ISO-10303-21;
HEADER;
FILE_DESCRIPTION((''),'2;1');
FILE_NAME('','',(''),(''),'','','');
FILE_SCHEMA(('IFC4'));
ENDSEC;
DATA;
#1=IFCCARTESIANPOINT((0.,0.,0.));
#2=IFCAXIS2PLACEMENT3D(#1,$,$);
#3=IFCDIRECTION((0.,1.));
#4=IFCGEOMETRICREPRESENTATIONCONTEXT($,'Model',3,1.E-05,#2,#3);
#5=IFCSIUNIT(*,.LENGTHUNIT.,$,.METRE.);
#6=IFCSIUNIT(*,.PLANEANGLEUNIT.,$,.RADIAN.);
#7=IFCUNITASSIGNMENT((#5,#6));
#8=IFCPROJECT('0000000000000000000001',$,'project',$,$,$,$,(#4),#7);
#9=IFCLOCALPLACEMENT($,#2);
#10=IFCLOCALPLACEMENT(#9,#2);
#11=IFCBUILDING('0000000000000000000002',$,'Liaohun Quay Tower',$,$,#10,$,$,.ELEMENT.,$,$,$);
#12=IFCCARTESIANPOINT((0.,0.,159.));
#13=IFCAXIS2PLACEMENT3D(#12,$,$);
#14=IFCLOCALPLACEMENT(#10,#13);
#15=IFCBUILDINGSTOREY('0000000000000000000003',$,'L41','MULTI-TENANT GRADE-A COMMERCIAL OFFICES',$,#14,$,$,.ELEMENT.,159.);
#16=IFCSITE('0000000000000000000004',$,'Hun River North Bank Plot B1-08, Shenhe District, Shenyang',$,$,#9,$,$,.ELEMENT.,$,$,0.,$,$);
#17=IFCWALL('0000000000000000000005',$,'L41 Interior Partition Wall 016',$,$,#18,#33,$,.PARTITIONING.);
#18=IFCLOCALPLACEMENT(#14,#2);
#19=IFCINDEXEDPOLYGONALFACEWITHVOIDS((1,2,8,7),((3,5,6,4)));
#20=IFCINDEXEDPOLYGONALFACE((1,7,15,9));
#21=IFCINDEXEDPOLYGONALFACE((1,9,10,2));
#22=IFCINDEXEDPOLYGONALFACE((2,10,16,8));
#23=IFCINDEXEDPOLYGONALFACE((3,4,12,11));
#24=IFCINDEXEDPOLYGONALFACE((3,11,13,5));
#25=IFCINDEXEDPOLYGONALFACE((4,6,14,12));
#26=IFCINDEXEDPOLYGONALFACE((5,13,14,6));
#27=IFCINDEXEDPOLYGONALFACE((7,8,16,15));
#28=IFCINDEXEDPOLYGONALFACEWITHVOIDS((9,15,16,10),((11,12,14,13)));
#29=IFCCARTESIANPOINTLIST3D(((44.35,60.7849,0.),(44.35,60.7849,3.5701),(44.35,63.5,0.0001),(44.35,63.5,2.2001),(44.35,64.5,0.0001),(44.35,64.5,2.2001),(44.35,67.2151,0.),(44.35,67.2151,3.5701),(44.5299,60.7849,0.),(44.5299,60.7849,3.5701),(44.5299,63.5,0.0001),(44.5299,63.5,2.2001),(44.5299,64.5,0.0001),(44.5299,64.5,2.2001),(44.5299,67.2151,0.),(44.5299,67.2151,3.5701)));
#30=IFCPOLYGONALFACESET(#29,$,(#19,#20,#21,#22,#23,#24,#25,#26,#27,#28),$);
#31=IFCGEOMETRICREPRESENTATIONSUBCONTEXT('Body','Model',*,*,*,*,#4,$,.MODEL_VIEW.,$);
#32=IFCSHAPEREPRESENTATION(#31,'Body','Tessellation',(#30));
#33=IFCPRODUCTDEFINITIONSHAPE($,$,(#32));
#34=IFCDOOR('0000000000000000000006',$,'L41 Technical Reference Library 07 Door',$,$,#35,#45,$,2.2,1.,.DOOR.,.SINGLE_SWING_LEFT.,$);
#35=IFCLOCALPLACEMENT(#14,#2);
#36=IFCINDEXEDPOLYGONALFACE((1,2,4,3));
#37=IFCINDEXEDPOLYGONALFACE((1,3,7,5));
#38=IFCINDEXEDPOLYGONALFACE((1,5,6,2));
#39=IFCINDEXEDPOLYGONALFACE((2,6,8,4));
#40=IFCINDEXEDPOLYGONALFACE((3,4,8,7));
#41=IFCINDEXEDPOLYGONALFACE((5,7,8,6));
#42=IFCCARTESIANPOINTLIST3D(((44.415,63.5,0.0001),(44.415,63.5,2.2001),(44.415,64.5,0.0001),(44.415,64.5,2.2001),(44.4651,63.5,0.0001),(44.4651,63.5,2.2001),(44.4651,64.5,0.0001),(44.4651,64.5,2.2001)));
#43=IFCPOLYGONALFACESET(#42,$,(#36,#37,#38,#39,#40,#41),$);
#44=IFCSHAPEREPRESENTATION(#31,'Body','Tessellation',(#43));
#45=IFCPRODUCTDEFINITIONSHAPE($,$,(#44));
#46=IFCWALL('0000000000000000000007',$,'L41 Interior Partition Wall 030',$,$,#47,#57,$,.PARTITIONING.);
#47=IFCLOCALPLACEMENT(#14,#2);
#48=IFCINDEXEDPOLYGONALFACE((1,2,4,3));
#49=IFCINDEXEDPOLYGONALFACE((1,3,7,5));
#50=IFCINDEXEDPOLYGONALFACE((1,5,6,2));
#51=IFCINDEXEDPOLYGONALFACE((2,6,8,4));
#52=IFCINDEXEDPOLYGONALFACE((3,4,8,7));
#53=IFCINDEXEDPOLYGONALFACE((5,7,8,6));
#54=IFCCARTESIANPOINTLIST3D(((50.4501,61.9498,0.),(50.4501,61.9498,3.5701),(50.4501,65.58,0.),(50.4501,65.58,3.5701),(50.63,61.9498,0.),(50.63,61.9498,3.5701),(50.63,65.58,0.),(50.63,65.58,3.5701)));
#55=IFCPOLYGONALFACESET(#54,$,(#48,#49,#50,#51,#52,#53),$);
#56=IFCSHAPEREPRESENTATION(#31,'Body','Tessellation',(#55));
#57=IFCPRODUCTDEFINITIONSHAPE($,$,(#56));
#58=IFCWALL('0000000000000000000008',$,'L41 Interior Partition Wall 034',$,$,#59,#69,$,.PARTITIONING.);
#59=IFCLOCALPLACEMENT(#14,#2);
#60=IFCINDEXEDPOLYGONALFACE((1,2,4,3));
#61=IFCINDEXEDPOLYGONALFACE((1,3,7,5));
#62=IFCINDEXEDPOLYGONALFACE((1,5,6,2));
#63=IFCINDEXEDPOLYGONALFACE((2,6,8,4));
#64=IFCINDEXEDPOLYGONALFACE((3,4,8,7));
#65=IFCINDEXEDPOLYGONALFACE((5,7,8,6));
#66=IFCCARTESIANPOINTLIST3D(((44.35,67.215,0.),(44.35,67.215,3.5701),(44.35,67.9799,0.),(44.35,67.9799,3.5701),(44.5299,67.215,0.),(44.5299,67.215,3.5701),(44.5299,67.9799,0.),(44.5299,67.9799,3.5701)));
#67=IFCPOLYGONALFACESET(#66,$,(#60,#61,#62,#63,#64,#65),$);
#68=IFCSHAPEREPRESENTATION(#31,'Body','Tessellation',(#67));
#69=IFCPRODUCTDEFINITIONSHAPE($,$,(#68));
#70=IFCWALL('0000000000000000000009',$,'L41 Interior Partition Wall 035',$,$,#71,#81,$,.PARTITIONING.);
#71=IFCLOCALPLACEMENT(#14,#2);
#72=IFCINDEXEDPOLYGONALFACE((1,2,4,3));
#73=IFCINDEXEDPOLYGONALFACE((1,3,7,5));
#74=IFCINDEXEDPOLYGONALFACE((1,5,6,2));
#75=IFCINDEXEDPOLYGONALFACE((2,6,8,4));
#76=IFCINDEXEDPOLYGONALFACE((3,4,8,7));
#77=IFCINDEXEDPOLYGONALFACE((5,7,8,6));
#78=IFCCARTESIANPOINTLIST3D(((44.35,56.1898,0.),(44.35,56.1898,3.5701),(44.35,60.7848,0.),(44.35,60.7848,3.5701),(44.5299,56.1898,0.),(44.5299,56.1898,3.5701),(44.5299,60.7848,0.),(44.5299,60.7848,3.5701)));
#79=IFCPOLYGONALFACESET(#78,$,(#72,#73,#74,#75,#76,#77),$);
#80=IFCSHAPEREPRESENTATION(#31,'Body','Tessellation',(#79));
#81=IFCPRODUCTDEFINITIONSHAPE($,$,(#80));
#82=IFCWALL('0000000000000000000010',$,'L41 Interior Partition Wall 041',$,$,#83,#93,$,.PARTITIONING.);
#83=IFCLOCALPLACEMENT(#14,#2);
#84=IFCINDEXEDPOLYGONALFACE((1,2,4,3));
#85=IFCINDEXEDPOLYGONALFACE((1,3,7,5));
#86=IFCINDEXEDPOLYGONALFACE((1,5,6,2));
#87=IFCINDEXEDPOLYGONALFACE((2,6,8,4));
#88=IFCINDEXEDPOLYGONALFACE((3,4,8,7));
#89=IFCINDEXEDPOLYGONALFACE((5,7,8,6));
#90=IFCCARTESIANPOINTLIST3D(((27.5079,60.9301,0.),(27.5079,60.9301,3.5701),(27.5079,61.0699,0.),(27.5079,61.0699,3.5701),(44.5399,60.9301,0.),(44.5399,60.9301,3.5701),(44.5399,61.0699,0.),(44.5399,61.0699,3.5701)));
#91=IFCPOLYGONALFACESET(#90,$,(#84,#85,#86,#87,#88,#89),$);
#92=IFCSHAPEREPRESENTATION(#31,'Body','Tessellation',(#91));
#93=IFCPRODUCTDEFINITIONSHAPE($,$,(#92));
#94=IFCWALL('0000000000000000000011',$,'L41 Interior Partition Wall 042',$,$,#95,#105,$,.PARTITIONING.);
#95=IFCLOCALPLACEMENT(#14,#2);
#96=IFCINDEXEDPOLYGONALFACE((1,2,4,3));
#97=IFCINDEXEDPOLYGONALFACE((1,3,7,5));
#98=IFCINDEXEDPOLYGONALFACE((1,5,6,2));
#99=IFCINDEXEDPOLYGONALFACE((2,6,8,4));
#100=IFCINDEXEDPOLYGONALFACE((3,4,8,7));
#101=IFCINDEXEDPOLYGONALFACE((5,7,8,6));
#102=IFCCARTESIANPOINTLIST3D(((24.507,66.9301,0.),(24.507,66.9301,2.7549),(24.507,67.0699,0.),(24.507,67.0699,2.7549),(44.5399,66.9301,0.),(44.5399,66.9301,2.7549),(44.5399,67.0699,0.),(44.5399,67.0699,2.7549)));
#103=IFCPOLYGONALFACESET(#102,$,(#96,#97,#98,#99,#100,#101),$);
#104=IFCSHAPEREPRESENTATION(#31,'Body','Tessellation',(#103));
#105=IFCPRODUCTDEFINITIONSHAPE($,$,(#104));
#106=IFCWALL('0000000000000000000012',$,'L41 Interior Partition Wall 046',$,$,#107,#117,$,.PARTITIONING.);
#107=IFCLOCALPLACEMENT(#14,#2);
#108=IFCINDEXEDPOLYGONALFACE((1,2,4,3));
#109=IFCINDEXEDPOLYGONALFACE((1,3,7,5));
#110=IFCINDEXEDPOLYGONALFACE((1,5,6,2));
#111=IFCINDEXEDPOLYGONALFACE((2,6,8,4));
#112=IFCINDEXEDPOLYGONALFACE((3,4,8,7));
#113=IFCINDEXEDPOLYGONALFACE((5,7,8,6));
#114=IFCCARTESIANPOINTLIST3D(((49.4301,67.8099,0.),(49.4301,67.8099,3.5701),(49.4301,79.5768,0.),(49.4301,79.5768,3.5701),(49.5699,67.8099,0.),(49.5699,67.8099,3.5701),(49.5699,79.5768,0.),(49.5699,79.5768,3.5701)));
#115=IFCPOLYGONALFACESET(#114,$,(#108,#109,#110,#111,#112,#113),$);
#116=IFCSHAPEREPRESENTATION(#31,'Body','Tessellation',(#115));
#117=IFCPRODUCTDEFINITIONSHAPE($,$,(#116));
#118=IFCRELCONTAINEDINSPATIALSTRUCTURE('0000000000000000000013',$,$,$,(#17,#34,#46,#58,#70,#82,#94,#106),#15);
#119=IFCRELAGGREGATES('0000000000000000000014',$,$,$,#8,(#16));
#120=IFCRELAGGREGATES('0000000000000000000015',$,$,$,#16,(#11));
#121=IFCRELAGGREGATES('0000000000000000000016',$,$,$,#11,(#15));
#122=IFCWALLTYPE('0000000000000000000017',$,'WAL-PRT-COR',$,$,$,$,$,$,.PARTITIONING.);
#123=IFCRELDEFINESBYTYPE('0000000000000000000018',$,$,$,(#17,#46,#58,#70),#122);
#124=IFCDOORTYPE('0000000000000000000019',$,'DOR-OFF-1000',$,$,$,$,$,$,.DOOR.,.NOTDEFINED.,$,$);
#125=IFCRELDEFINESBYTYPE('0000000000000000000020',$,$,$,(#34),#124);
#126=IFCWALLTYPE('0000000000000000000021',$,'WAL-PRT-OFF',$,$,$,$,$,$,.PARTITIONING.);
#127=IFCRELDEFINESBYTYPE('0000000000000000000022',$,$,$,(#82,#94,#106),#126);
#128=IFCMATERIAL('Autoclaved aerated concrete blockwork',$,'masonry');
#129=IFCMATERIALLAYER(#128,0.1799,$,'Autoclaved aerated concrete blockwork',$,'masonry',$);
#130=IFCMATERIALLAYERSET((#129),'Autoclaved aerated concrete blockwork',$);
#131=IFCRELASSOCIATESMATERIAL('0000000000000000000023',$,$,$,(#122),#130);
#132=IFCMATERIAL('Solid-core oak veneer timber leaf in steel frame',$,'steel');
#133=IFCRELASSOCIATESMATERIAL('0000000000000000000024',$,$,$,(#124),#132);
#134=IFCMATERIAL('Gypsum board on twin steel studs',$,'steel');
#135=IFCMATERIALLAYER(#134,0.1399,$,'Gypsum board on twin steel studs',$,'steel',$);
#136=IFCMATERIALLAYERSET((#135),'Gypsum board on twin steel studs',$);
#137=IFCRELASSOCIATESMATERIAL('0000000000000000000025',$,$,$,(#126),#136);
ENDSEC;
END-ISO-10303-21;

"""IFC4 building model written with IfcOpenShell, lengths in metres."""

from ifc_helpers import new_model, si_unit, direction, frame, frame_2d, origin, place, context, subcontext, project, spatial, rectangle, extrude, source, transform, mapped, material, layer, layer_set, type_object, element, fill, save


model = new_model("IFC4")

# Units and contexts
model_context = context("Model", 3, precision=1e-05, world=origin(), true_north=direction((0.0, 1.0)))
body_context = subcontext(model_context, "Body", "Model", "MODEL_VIEW")
ifc_project = project(units=[si_unit("LENGTHUNIT", "METRE"), si_unit("PLANEANGLEUNIT", "RADIAN")], contexts=[model_context])

# Site, building, storey
site_placement = place(None, origin())
site = spatial("IfcSite", under=ifc_project, at=site_placement, Name="Hun River North Bank Plot B1-08, Shenhe District, Shenyang", CompositionType="ELEMENT", RefElevation=0.0)
building_placement = place(site_placement, origin())
building = spatial("IfcBuilding", under=site, at=building_placement, Name="Liaohun Quay Tower", CompositionType="ELEMENT")
storey_placement = place(building_placement, frame((0.0, 0.0, 159.0)))
storey = spatial("IfcBuildingStorey", under=building, at=storey_placement, Name="L41", Description="MULTI-TENANT GRADE-A COMMERCIAL OFFICES", CompositionType="ELEMENT", Elevation=159.0)

# Wall, opening, door
ifc_material_1 = material(Name="Autoclaved aerated concrete blockwork", Category="masonry")
ifc_layer_1 = layer(ifc_material_1, 0.1799, Name="Autoclaved aerated concrete blockwork", Category="masonry")
ifc_layer_set_1 = layer_set([ifc_layer_1], Name="Autoclaved aerated concrete blockwork")
wall_type_1 = type_object("IfcWallType", Name="WAL-PRT-COR", PredefinedType="PARTITIONING", material=ifc_layer_set_1)
shared_shape_1 = source(origin(), body_context, "Body", "SweptSolid", [
    extrude(rectangle(XDim=1.0, YDim=2.2, at=frame_2d((0.5, 1.1001))), frame((0.0, 0.0999, 0.0), z_axis=(0.0, -1.0, 0.0), x_axis=(1.0, 0.0, 0.0)), (0.0, 0.0, 1.0), 0.2),
])
ifc_material_2 = material(Name="Solid-core oak veneer timber leaf in steel frame", Category="steel")
door_type_1 = type_object("IfcDoorType", Name="DOR-OFF-1000", OperationType="NOTDEFINED", PredefinedType="DOOR", material=ifc_material_2)
shared_shape_2 = source(origin(), body_context, "Body", "SweptSolid", [
    extrude(rectangle(XDim=1.0, YDim=2.2, at=frame_2d((0.5, 1.1001))), frame((0.0, 0.0249, 0.0), z_axis=(0.0, -1.0, 0.0), x_axis=(1.0, 0.0, 0.0)), (0.0, 0.0, 1.0), 0.05),
])
wall_1_placement = place(storey_placement, frame((44.4399, 60.7849, 0.0), z_axis=(0.0, 0.0, 1.0), x_axis=(0.0, 1.0, 0.0)))
wall_1 = element("IfcWall", 1, at=wall_1_placement, inside=storey, type_object=wall_type_1, Name="L41 Interior Partition Wall 016", PredefinedType="PARTITIONING", context=body_context, shape_type="SweptSolid", body=[
    extrude(rectangle(XDim=6.4302, YDim=0.1799, at=frame_2d((3.2151, 0.0))), origin(), (0.0, 0.0, 1.0), 3.5701),
])
opening_1_placement = place(wall_1_placement, frame((2.7151, 0.0, 0.0)))
opening_1 = element("IfcOpeningElement", 2, at=opening_1_placement, cuts=wall_1, PredefinedType="OPENING", context=body_context, shape_type="MappedRepresentation", body=[
    mapped(shared_shape_1, transform((0.0, 0.0, 0.0), x_axis=(1.0, 0.0, 0.0), y_axis=(0.0, 1.0, 0.0), z_axis=(0.0, 0.0, 1.0), scale=1.0)),
])
door_1_placement = place(opening_1_placement, origin())
door_1 = element("IfcDoor", 3, at=door_1_placement, inside=storey, type_object=door_type_1, Name="L41 Technical Reference Library 07 Door", OperationType="SINGLE_SWING_LEFT", OverallHeight=2.2, OverallWidth=1.0, PredefinedType="DOOR", context=body_context, shape_type="MappedRepresentation", body=[
    mapped(shared_shape_2, transform((0.0, 0.0, 0.0), x_axis=(1.0, 0.0, 0.0), y_axis=(0.0, 1.0, 0.0), z_axis=(0.0, 0.0, 1.0), scale=1.0)),
])
fill(opening_1, door_1)

# Walls
wall_2_placement = place(storey_placement, frame((50.54, 61.95, 0.0), z_axis=(0.0, 0.0, 1.0), x_axis=(0.0, 1.0, 0.0)))
element("IfcWall", 4, at=wall_2_placement, inside=storey, type_object=wall_type_1, Name="L41 Interior Partition Wall 030", PredefinedType="PARTITIONING", context=body_context, shape_type="SweptSolid", body=[
    extrude(rectangle(XDim=3.6301, YDim=0.1799, at=frame_2d((1.8149, 0.0))), origin(), (0.0, 0.0, 1.0), 3.5701),
])
wall_3_placement = place(storey_placement, frame((44.4399, 67.2151, 0.0), z_axis=(0.0, 0.0, 1.0), x_axis=(0.0, 1.0, 0.0)))
element("IfcWall", 5, at=wall_3_placement, inside=storey, type_object=wall_type_1, Name="L41 Interior Partition Wall 034", PredefinedType="PARTITIONING", context=body_context, shape_type="SweptSolid", body=[
    extrude(rectangle(XDim=0.7649, YDim=0.1799, at=frame_2d((0.3823, 0.0))), origin(), (0.0, 0.0, 1.0), 3.5701),
])
wall_4_placement = place(storey_placement, frame((44.4399, 56.1899, 0.0), z_axis=(0.0, 0.0, 1.0), x_axis=(0.0, 1.0, 0.0)))
element("IfcWall", 6, at=wall_4_placement, inside=storey, type_object=wall_type_1, Name="L41 Interior Partition Wall 035", PredefinedType="PARTITIONING", context=body_context, shape_type="SweptSolid", body=[
    extrude(rectangle(XDim=4.595, YDim=0.1799, at=frame_2d((2.2974, 0.0))), origin(), (0.0, 0.0, 1.0), 3.5701),
])
ifc_material_3 = material(Name="Gypsum board on twin steel studs", Category="steel")
ifc_layer_2 = layer(ifc_material_3, 0.1399, Name="Gypsum board on twin steel studs", Category="steel")
ifc_layer_set_2 = layer_set([ifc_layer_2], Name="Gypsum board on twin steel studs")
wall_type_2 = type_object("IfcWallType", Name="WAL-PRT-OFF", PredefinedType="PARTITIONING", material=ifc_layer_set_2)
wall_5_placement = place(storey_placement, frame((44.54, 61.0, 0.0), z_axis=(0.0, 0.0, 1.0), x_axis=(-1.0, 0.0, 0.0)))
element("IfcWall", 7, at=wall_5_placement, inside=storey, type_object=wall_type_2, Name="L41 Interior Partition Wall 041", PredefinedType="PARTITIONING", context=body_context, shape_type="SweptSolid", body=[
    extrude(rectangle(XDim=17.032, YDim=0.1399, at=frame_2d((8.5161, 0.0))), origin(), (0.0, 0.0, 1.0), 3.5701),
])
wall_6_placement = place(storey_placement, frame((44.54, 67.0, 0.0), z_axis=(0.0, 0.0, 1.0), x_axis=(-1.0, 0.0, 0.0)))
element("IfcWall", 8, at=wall_6_placement, inside=storey, type_object=wall_type_2, Name="L41 Interior Partition Wall 042", PredefinedType="PARTITIONING", context=body_context, shape_type="SweptSolid", body=[
    extrude(rectangle(XDim=20.033, YDim=0.1399, at=frame_2d((10.0166, 0.0))), origin(), (0.0, 0.0, 1.0), 2.7549),
])
wall_7_placement = place(storey_placement, frame((49.5, 67.8101, 0.0), z_axis=(0.0, 0.0, 1.0), x_axis=(0.0, 1.0, 0.0)))
element("IfcWall", 9, at=wall_7_placement, inside=storey, type_object=wall_type_2, Name="L41 Interior Partition Wall 046", PredefinedType="PARTITIONING", context=body_context, shape_type="SweptSolid", body=[
    extrude(rectangle(XDim=11.7668, YDim=0.1399, at=frame_2d((5.8833, 0.0))), origin(), (0.0, 0.0, 1.0), 3.5701),
])

save(model, "model.ifc")
